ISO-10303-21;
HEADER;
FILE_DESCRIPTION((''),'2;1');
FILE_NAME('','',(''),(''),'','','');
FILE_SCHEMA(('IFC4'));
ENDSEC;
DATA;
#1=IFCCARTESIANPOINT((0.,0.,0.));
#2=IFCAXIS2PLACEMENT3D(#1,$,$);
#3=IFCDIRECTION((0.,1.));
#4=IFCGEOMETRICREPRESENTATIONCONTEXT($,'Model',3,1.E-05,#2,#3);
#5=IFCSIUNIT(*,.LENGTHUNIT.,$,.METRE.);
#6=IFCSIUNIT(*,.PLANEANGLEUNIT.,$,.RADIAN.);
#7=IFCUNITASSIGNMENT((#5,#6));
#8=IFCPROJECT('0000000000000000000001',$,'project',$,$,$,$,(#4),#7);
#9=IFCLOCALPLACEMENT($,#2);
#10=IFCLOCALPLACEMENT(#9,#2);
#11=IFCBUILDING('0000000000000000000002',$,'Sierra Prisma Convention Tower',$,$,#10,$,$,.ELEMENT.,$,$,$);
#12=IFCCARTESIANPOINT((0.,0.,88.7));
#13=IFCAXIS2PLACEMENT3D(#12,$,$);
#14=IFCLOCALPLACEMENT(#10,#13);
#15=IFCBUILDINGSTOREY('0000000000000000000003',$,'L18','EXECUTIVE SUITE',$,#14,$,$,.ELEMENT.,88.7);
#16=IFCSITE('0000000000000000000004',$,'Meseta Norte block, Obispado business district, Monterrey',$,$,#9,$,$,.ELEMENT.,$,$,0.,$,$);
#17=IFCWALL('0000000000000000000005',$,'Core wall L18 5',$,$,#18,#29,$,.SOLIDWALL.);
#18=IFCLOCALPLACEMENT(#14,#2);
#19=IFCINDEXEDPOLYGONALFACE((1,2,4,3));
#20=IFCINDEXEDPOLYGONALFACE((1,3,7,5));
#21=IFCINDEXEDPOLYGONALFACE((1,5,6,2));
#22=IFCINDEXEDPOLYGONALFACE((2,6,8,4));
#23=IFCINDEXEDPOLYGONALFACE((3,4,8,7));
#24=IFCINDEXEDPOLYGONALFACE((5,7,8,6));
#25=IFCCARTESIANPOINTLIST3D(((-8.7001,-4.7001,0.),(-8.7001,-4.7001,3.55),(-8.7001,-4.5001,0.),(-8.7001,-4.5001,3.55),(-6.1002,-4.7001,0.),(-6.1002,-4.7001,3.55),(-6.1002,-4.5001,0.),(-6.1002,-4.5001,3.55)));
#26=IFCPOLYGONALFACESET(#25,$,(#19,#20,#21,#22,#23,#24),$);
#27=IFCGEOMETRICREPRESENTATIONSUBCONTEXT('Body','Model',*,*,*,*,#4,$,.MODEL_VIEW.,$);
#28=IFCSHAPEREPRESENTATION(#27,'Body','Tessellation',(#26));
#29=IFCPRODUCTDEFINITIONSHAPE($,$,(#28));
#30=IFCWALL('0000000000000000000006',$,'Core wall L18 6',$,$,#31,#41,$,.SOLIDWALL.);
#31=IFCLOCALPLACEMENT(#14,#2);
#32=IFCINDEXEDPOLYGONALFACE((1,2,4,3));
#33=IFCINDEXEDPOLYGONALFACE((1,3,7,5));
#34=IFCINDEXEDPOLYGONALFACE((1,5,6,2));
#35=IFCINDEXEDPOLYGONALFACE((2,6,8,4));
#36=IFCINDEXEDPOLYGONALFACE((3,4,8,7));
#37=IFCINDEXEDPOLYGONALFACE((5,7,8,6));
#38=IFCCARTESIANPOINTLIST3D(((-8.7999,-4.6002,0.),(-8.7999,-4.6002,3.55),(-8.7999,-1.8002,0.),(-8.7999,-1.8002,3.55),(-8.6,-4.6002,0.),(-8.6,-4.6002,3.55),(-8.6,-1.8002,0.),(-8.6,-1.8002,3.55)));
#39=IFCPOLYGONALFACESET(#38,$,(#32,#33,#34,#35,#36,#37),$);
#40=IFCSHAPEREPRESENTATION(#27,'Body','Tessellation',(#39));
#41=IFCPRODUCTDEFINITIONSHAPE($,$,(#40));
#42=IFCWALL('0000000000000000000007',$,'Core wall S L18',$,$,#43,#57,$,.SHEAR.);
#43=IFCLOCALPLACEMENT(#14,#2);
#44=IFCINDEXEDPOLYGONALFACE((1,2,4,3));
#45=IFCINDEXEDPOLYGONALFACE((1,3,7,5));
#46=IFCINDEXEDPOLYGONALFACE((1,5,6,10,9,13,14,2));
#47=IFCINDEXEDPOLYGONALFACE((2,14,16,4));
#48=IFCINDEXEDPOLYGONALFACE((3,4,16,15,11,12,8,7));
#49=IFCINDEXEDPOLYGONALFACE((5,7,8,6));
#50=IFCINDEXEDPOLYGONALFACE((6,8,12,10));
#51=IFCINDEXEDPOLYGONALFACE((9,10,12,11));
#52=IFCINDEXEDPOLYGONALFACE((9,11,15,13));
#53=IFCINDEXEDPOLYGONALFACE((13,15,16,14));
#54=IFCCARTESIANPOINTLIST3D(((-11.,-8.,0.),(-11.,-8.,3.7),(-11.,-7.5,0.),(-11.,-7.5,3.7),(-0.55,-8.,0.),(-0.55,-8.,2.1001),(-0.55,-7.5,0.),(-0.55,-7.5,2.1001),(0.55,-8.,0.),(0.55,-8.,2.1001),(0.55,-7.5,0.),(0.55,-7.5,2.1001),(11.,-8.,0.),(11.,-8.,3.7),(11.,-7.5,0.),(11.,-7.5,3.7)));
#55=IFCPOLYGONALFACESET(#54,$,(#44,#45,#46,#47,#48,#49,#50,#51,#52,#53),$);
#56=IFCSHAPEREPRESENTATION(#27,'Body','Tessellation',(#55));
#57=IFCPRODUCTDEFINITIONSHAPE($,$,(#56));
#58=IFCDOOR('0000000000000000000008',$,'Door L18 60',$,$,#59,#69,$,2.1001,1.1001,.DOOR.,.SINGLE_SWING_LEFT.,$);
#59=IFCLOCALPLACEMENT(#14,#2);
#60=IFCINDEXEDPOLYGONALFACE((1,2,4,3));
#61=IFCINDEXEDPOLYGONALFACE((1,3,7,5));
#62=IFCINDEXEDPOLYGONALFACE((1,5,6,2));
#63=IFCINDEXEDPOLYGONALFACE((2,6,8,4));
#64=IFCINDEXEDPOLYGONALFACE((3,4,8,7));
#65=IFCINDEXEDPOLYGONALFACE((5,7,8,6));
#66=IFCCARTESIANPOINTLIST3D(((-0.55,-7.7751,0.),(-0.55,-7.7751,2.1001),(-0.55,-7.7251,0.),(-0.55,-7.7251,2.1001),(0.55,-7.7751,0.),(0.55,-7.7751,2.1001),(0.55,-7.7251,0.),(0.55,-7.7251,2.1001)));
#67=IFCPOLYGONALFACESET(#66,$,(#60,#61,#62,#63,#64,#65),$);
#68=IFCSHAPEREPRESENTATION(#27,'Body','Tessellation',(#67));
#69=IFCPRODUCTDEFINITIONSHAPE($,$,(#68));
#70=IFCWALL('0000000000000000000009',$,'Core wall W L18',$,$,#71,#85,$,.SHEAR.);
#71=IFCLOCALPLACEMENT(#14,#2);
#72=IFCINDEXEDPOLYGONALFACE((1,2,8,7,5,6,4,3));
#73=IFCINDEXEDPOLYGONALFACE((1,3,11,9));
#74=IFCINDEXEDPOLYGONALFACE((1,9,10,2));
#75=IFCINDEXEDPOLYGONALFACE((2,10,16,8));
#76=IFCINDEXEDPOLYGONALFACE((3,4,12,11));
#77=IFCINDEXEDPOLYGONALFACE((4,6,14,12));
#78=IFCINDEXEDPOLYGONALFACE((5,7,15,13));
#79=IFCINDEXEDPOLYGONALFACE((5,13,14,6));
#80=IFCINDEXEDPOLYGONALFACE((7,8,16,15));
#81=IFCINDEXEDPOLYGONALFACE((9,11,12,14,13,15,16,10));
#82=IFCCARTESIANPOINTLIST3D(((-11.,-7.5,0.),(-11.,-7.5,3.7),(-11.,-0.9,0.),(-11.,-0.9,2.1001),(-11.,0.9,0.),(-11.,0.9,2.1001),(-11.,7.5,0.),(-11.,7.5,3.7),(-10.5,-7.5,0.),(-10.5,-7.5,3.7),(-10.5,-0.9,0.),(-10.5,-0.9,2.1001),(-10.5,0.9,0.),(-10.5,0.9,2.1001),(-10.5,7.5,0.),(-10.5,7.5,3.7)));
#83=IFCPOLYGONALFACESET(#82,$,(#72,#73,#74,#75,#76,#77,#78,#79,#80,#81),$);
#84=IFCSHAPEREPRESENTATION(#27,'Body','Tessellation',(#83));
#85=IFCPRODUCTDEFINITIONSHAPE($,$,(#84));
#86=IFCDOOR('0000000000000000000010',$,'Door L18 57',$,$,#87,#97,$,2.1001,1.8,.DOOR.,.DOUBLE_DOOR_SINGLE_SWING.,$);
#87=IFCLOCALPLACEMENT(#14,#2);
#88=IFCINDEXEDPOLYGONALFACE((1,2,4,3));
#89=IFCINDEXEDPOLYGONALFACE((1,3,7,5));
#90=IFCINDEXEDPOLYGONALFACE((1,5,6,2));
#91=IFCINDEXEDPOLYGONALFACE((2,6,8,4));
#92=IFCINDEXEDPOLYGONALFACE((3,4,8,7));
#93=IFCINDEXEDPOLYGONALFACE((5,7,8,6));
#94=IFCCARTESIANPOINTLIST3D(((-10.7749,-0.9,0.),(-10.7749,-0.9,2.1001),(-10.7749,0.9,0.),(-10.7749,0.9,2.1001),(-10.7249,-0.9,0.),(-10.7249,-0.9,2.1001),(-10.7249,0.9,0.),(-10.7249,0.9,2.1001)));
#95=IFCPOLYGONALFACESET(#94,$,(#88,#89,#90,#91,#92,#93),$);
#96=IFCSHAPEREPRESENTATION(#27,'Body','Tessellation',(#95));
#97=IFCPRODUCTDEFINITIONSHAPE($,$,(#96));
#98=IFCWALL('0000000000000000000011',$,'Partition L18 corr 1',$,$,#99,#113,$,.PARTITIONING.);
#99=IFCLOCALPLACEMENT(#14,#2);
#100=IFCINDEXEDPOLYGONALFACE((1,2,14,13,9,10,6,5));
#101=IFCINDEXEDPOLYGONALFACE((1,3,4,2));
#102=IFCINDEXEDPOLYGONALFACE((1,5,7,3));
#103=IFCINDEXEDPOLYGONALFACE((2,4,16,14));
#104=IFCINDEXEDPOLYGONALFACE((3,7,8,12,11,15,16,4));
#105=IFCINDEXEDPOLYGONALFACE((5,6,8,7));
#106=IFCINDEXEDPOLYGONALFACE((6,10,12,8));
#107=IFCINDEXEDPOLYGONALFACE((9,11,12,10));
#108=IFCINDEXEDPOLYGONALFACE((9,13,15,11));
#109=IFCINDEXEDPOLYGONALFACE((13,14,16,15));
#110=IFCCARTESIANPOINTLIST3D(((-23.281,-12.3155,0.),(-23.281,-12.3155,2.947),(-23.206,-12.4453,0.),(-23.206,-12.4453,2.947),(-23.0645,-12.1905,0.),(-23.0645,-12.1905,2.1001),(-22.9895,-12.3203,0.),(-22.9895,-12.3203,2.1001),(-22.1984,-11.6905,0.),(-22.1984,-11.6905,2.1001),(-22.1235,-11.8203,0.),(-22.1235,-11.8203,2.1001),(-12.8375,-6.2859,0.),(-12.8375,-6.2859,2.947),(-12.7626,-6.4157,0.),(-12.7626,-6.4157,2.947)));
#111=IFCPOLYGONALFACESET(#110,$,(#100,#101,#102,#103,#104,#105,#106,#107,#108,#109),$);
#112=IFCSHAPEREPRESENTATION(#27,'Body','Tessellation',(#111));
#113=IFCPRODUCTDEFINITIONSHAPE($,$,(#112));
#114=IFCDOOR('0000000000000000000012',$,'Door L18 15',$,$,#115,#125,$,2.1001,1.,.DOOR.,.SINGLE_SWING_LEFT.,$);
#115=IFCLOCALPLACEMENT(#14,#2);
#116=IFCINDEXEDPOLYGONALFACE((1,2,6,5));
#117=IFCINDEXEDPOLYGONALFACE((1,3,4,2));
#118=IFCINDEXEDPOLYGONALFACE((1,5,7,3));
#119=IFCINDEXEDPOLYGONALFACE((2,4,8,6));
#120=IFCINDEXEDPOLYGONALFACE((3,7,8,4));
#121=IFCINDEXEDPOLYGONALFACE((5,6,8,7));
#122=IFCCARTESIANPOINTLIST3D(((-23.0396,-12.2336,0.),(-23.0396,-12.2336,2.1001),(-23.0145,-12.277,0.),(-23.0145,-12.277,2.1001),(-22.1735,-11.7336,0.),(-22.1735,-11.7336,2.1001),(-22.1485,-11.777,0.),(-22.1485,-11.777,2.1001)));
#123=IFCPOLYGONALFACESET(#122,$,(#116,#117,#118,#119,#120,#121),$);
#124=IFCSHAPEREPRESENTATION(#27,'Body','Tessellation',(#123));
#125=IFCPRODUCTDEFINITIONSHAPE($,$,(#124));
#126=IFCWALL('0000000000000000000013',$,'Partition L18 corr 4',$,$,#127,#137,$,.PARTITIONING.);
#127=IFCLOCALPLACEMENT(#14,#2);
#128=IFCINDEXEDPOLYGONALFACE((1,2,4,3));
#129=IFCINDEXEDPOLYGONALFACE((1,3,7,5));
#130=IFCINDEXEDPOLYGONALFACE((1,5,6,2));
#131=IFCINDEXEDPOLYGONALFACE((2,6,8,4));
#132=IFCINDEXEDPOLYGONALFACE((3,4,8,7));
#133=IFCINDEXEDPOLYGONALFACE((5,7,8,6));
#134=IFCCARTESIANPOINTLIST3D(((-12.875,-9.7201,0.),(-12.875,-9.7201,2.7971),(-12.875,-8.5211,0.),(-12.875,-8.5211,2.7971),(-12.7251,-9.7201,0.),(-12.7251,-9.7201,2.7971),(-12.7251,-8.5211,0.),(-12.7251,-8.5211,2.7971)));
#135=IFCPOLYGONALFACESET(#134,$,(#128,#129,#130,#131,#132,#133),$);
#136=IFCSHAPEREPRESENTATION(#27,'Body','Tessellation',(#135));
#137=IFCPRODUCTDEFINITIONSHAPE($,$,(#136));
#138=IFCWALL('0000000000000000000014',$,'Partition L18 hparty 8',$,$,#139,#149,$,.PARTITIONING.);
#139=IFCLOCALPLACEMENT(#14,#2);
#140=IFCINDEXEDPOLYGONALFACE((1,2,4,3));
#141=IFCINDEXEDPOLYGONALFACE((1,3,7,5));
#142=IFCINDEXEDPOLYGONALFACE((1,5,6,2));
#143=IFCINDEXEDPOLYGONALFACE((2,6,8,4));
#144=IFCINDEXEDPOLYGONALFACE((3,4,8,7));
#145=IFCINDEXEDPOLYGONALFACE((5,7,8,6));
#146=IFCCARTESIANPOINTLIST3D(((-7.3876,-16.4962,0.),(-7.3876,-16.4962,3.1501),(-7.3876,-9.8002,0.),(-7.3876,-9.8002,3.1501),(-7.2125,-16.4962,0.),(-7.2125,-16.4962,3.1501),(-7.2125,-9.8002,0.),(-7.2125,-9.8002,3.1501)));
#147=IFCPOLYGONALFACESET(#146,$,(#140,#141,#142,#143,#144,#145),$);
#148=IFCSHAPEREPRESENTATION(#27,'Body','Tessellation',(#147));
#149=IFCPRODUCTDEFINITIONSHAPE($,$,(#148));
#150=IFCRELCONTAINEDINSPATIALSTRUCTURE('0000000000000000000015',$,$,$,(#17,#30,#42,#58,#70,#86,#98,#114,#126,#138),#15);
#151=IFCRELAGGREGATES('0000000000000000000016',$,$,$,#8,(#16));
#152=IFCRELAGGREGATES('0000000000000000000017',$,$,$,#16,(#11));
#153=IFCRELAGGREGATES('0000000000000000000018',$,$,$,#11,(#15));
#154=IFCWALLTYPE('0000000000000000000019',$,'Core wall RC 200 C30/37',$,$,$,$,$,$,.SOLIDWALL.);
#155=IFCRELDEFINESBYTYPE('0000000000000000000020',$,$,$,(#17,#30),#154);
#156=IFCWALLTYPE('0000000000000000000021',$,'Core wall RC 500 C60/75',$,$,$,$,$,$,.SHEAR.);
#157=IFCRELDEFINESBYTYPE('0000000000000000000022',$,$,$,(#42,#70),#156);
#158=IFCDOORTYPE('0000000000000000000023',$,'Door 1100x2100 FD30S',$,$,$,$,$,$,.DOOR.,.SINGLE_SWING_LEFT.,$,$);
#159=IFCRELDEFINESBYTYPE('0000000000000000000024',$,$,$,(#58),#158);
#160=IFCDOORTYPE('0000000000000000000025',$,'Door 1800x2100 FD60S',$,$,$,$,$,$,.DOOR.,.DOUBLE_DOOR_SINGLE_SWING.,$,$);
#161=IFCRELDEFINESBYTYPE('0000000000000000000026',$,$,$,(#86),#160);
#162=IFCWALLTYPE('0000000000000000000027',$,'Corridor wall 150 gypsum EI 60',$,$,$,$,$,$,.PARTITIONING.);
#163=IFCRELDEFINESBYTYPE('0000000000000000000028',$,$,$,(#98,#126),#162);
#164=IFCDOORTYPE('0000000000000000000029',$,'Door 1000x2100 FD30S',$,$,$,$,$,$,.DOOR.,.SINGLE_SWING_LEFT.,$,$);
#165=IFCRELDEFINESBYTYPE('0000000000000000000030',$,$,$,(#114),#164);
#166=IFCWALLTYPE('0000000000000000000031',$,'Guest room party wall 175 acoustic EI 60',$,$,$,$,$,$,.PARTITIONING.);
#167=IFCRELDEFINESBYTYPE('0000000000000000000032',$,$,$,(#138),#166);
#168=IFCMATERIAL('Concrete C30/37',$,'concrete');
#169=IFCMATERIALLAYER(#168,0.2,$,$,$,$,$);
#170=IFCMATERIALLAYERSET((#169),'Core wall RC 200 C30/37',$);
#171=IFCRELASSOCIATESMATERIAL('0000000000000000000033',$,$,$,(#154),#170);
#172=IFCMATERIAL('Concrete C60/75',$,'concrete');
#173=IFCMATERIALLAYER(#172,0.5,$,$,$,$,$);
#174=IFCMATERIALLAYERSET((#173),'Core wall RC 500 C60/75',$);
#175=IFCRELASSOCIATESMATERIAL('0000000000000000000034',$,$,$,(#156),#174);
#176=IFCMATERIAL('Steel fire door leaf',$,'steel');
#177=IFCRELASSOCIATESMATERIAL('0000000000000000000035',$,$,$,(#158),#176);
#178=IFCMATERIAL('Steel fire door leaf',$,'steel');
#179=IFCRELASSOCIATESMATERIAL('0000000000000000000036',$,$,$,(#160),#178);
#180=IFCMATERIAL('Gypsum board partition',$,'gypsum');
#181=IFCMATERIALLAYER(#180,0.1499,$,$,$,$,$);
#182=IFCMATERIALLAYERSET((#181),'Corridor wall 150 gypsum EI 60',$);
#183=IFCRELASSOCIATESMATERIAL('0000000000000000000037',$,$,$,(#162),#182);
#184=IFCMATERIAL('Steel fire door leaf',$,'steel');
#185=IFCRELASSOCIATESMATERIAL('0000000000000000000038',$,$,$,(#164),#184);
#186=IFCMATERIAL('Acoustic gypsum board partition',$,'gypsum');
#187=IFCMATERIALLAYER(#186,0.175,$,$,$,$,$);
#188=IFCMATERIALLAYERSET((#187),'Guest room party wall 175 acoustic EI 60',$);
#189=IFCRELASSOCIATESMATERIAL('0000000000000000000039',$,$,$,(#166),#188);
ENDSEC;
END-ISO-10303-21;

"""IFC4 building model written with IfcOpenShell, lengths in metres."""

from ifc_helpers import new_model, si_unit, direction, frame, frame_2d, origin, place, context, subcontext, project, spatial, rectangle, extrude, material, layer, layer_set, type_object, element, fill, save


model = new_model("IFC4")

# Units and contexts
model_context = context("Model", 3, precision=1e-05, world=origin(), true_north=direction((0.0, 1.0)))
body_context = subcontext(model_context, "Body", "Model", "MODEL_VIEW")
ifc_project = project(units=[si_unit("LENGTHUNIT", "METRE"), si_unit("PLANEANGLEUNIT", "RADIAN")], contexts=[model_context])

# Site, building, storey
site_placement = place(None, origin())
site = spatial("IfcSite", under=ifc_project, at=site_placement, Name="Meseta Norte block, Obispado business district, Monterrey", CompositionType="ELEMENT", RefElevation=0.0)
building_placement = place(site_placement, origin())
building = spatial("IfcBuilding", under=site, at=building_placement, Name="Sierra Prisma Convention Tower", CompositionType="ELEMENT")
storey_placement = place(building_placement, frame((0.0, 0.0, 88.7)))
storey = spatial("IfcBuildingStorey", under=building, at=storey_placement, Name="L18", Description="EXECUTIVE SUITE", CompositionType="ELEMENT", Elevation=88.7)

# Shared definitions
ifc_material_1 = material(Name="Concrete C30/37", Category="concrete")
ifc_layer_1 = layer(ifc_material_1, 0.2)
ifc_layer_set_1 = layer_set([ifc_layer_1], Name="Core wall RC 200 C30/37")
wall_type_1 = type_object("IfcWallType", Name="Core wall RC 200 C30/37", PredefinedType="SOLIDWALL", material=ifc_layer_set_1)

# Walls
wall_1_placement = place(storey_placement, frame((-8.7, -4.6001, 0.0), z_axis=(0.0, 0.0, 1.0), x_axis=(1.0, 0.0, 0.0)))
element("IfcWall", 1, at=wall_1_placement, inside=storey, type_object=wall_type_1, Name="Core wall L18 5", PredefinedType="SOLIDWALL", context=body_context, shape_type="SweptSolid", body=[
    extrude(rectangle(XDim=2.5999, YDim=0.2, at=frame_2d((1.2998, 0.0))), origin(), (0.0, 0.0, 1.0), 3.55),
])
wall_2_placement = place(storey_placement, frame((-8.7, -4.6001, 0.0), z_axis=(0.0, 0.0, 1.0), x_axis=(0.0, 1.0, 0.0)))
element("IfcWall", 2, at=wall_2_placement, inside=storey, type_object=wall_type_1, Name="Core wall L18 6", PredefinedType="SOLIDWALL", context=body_context, shape_type="SweptSolid", body=[
    extrude(rectangle(XDim=2.8, YDim=0.2, at=frame_2d((1.3999, 0.0))), origin(), (0.0, 0.0, 1.0), 3.55),
])

# Walls, openings, doors
ifc_material_2 = material(Name="Concrete C60/75", Category="concrete")
ifc_layer_2 = layer(ifc_material_2, 0.5)
ifc_layer_set_2 = layer_set([ifc_layer_2], Name="Core wall RC 500 C60/75")
wall_type_2 = type_object("IfcWallType", Name="Core wall RC 500 C60/75", PredefinedType="SHEAR", material=ifc_layer_set_2)
wall_3_placement = place(storey_placement, frame((-11.0, -7.75, 0.0), z_axis=(0.0, 0.0, 1.0), x_axis=(1.0, 0.0, 0.0)))
wall_3 = element("IfcWall", 3, at=wall_3_placement, inside=storey, type_object=wall_type_2, Name="Core wall S L18", PredefinedType="SHEAR", context=body_context, shape_type="SweptSolid", body=[
    extrude(rectangle(XDim=22.0, YDim=0.5, at=frame_2d((11.0, 0.0))), origin(), (0.0, 0.0, 1.0), 3.7),
])
opening_1_placement = place(wall_3_placement, frame((10.45, 0.0, 0.0)))
opening_1 = element("IfcOpeningElement", 4, at=opening_1_placement, cuts=wall_3, PredefinedType="OPENING", context=body_context, shape_type="SweptSolid", body=[
    extrude(rectangle(XDim=1.1001, YDim=2.1001, at=frame_2d((0.55, 1.05))), frame((0.0, 0.25, 0.0), z_axis=(0.0, -1.0, 0.0), x_axis=(1.0, 0.0, 0.0)), (0.0, 0.0, 1.0), 0.5),
])
ifc_material_3 = material(Name="Steel fire door leaf", Category="steel")
door_type_1 = type_object("IfcDoorType", Name="Door 1100x2100 FD30S", OperationType="SINGLE_SWING_LEFT", PredefinedType="DOOR", material=ifc_material_3)
door_1_placement = place(opening_1_placement, origin())
door_1 = element("IfcDoor", 5, at=door_1_placement, inside=storey, type_object=door_type_1, Name="Door L18 60", OperationType="SINGLE_SWING_LEFT", OverallHeight=2.1001, OverallWidth=1.1001, PredefinedType="DOOR", context=body_context, shape_type="SweptSolid", body=[
    extrude(rectangle(XDim=1.1001, YDim=2.1001, at=frame_2d((0.55, 1.05))), frame((0.0, 0.0249, 0.0), z_axis=(0.0, -1.0, 0.0), x_axis=(1.0, 0.0, 0.0)), (0.0, 0.0, 1.0), 0.05),
])
fill(opening_1, door_1)
wall_4_placement = place(storey_placement, frame((-10.75, -7.5, 0.0), z_axis=(0.0, 0.0, 1.0), x_axis=(0.0, 1.0, 0.0)))
wall_4 = element("IfcWall", 6, at=wall_4_placement, inside=storey, type_object=wall_type_2, Name="Core wall W L18", PredefinedType="SHEAR", context=body_context, shape_type="SweptSolid", body=[
    extrude(rectangle(XDim=15.0, YDim=0.5, at=frame_2d((7.5, 0.0))), origin(), (0.0, 0.0, 1.0), 3.7),
])
opening_2_placement = place(wall_4_placement, frame((6.6001, 0.0, 0.0)))
opening_2 = element("IfcOpeningElement", 7, at=opening_2_placement, cuts=wall_4, PredefinedType="OPENING", context=body_context, shape_type="SweptSolid", body=[
    extrude(rectangle(XDim=1.8, YDim=2.1001, at=frame_2d((0.8999, 1.05))), frame((0.0, 0.25, 0.0), z_axis=(0.0, -1.0, 0.0), x_axis=(1.0, 0.0, 0.0)), (0.0, 0.0, 1.0), 0.5),
])
ifc_material_4 = material(Name="Steel fire door leaf", Category="steel")
door_type_2 = type_object("IfcDoorType", Name="Door 1800x2100 FD60S", OperationType="DOUBLE_DOOR_SINGLE_SWING", PredefinedType="DOOR", material=ifc_material_4)
door_2_placement = place(opening_2_placement, origin())
door_2 = element("IfcDoor", 8, at=door_2_placement, inside=storey, type_object=door_type_2, Name="Door L18 57", OperationType="DOUBLE_DOOR_SINGLE_SWING", OverallHeight=2.1001, OverallWidth=1.8, PredefinedType="DOOR", context=body_context, shape_type="SweptSolid", body=[
    extrude(rectangle(XDim=1.8, YDim=2.1001, at=frame_2d((0.8999, 1.05))), frame((0.0, 0.0249, 0.0), z_axis=(0.0, -1.0, 0.0), x_axis=(1.0, 0.0, 0.0)), (0.0, 0.0, 1.0), 0.05),
])
fill(opening_2, door_2)
ifc_material_5 = material(Name="Gypsum board partition", Category="gypsum")
ifc_layer_3 = layer(ifc_material_5, 0.1499)
ifc_layer_set_3 = layer_set([ifc_layer_3], Name="Corridor wall 150 gypsum EI 60")
wall_type_3 = type_object("IfcWallType", Name="Corridor wall 150 gypsum EI 60", PredefinedType="PARTITIONING", material=ifc_layer_set_3)
wall_5_placement = place(storey_placement, frame((-12.8, -6.3508, 0.0), z_axis=(0.0, 0.0, 1.0), x_axis=(-0.866023, -0.500004, 0.0)))
wall_5 = element("IfcWall", 9, at=wall_5_placement, inside=storey, type_object=wall_type_3, Name="Partition L18 corr 1", PredefinedType="PARTITIONING", context=body_context, shape_type="SweptSolid", body=[
    extrude(rectangle(XDim=12.0591, YDim=0.1499, at=frame_2d((6.0295, 0.0))), origin(), (0.0, 0.0, 1.0), 2.947),
])
opening_3_placement = place(wall_5_placement, frame((10.8091, 0.0, 0.0)))
opening_3 = element("IfcOpeningElement", 10, at=opening_3_placement, cuts=wall_5, PredefinedType="OPENING", context=body_context, shape_type="SweptSolid", body=[
    extrude(rectangle(XDim=1.0, YDim=2.1001, at=frame_2d((0.5, 1.05))), frame((0.0, 0.075, 0.0), z_axis=(0.0, -1.0, 0.0), x_axis=(1.0, 0.0, 0.0)), (0.0, 0.0, 1.0), 0.1499),
])
ifc_material_6 = material(Name="Steel fire door leaf", Category="steel")
door_type_3 = type_object("IfcDoorType", Name="Door 1000x2100 FD30S", OperationType="SINGLE_SWING_LEFT", PredefinedType="DOOR", material=ifc_material_6)
door_3_placement = place(opening_3_placement, origin())
door_3 = element("IfcDoor", 11, at=door_3_placement, inside=storey, type_object=door_type_3, Name="Door L18 15", OperationType="SINGLE_SWING_LEFT", OverallHeight=2.1001, OverallWidth=1.0, PredefinedType="DOOR", context=body_context, shape_type="SweptSolid", body=[
    extrude(rectangle(XDim=1.0, YDim=2.1001, at=frame_2d((0.5, 1.05))), frame((0.0, 0.0249, 0.0), z_axis=(0.0, -1.0, 0.0), x_axis=(1.0, 0.0, 0.0)), (0.0, 0.0, 1.0), 0.05),
])
fill(opening_3, door_3)

# Walls
wall_6_placement = place(storey_placement, frame((-12.8, -8.521, 0.0), z_axis=(0.0, 0.0, 1.0), x_axis=(0.0, -1.0, 0.0)))
element("IfcWall", 12, at=wall_6_placement, inside=storey, type_object=wall_type_3, Name="Partition L18 corr 4", PredefinedType="PARTITIONING", context=body_context, shape_type="SweptSolid", body=[
    extrude(rectangle(XDim=1.199, YDim=0.1499, at=frame_2d((0.5996, 0.0))), origin(), (0.0, 0.0, 1.0), 2.7971),
])
ifc_material_7 = material(Name="Acoustic gypsum board partition", Category="gypsum")
ifc_layer_4 = layer(ifc_material_7, 0.175)
ifc_layer_set_4 = layer_set([ifc_layer_4], Name="Guest room party wall 175 acoustic EI 60")
wall_type_4 = type_object("IfcWallType", Name="Guest room party wall 175 acoustic EI 60", PredefinedType="PARTITIONING", material=ifc_layer_set_4)
wall_7_placement = place(storey_placement, frame((-7.3, -9.8, 0.0), z_axis=(0.0, 0.0, 1.0), x_axis=(0.0, -1.0, 0.0)))
element("IfcWall", 13, at=wall_7_placement, inside=storey, type_object=wall_type_4, Name="Partition L18 hparty 8", PredefinedType="PARTITIONING", context=body_context, shape_type="SweptSolid", body=[
    extrude(rectangle(XDim=6.696, YDim=0.175, at=frame_2d((3.3481, 0.0))), origin(), (0.0, 0.0, 1.0), 3.1501),
])

save(model, "model.ifc")
